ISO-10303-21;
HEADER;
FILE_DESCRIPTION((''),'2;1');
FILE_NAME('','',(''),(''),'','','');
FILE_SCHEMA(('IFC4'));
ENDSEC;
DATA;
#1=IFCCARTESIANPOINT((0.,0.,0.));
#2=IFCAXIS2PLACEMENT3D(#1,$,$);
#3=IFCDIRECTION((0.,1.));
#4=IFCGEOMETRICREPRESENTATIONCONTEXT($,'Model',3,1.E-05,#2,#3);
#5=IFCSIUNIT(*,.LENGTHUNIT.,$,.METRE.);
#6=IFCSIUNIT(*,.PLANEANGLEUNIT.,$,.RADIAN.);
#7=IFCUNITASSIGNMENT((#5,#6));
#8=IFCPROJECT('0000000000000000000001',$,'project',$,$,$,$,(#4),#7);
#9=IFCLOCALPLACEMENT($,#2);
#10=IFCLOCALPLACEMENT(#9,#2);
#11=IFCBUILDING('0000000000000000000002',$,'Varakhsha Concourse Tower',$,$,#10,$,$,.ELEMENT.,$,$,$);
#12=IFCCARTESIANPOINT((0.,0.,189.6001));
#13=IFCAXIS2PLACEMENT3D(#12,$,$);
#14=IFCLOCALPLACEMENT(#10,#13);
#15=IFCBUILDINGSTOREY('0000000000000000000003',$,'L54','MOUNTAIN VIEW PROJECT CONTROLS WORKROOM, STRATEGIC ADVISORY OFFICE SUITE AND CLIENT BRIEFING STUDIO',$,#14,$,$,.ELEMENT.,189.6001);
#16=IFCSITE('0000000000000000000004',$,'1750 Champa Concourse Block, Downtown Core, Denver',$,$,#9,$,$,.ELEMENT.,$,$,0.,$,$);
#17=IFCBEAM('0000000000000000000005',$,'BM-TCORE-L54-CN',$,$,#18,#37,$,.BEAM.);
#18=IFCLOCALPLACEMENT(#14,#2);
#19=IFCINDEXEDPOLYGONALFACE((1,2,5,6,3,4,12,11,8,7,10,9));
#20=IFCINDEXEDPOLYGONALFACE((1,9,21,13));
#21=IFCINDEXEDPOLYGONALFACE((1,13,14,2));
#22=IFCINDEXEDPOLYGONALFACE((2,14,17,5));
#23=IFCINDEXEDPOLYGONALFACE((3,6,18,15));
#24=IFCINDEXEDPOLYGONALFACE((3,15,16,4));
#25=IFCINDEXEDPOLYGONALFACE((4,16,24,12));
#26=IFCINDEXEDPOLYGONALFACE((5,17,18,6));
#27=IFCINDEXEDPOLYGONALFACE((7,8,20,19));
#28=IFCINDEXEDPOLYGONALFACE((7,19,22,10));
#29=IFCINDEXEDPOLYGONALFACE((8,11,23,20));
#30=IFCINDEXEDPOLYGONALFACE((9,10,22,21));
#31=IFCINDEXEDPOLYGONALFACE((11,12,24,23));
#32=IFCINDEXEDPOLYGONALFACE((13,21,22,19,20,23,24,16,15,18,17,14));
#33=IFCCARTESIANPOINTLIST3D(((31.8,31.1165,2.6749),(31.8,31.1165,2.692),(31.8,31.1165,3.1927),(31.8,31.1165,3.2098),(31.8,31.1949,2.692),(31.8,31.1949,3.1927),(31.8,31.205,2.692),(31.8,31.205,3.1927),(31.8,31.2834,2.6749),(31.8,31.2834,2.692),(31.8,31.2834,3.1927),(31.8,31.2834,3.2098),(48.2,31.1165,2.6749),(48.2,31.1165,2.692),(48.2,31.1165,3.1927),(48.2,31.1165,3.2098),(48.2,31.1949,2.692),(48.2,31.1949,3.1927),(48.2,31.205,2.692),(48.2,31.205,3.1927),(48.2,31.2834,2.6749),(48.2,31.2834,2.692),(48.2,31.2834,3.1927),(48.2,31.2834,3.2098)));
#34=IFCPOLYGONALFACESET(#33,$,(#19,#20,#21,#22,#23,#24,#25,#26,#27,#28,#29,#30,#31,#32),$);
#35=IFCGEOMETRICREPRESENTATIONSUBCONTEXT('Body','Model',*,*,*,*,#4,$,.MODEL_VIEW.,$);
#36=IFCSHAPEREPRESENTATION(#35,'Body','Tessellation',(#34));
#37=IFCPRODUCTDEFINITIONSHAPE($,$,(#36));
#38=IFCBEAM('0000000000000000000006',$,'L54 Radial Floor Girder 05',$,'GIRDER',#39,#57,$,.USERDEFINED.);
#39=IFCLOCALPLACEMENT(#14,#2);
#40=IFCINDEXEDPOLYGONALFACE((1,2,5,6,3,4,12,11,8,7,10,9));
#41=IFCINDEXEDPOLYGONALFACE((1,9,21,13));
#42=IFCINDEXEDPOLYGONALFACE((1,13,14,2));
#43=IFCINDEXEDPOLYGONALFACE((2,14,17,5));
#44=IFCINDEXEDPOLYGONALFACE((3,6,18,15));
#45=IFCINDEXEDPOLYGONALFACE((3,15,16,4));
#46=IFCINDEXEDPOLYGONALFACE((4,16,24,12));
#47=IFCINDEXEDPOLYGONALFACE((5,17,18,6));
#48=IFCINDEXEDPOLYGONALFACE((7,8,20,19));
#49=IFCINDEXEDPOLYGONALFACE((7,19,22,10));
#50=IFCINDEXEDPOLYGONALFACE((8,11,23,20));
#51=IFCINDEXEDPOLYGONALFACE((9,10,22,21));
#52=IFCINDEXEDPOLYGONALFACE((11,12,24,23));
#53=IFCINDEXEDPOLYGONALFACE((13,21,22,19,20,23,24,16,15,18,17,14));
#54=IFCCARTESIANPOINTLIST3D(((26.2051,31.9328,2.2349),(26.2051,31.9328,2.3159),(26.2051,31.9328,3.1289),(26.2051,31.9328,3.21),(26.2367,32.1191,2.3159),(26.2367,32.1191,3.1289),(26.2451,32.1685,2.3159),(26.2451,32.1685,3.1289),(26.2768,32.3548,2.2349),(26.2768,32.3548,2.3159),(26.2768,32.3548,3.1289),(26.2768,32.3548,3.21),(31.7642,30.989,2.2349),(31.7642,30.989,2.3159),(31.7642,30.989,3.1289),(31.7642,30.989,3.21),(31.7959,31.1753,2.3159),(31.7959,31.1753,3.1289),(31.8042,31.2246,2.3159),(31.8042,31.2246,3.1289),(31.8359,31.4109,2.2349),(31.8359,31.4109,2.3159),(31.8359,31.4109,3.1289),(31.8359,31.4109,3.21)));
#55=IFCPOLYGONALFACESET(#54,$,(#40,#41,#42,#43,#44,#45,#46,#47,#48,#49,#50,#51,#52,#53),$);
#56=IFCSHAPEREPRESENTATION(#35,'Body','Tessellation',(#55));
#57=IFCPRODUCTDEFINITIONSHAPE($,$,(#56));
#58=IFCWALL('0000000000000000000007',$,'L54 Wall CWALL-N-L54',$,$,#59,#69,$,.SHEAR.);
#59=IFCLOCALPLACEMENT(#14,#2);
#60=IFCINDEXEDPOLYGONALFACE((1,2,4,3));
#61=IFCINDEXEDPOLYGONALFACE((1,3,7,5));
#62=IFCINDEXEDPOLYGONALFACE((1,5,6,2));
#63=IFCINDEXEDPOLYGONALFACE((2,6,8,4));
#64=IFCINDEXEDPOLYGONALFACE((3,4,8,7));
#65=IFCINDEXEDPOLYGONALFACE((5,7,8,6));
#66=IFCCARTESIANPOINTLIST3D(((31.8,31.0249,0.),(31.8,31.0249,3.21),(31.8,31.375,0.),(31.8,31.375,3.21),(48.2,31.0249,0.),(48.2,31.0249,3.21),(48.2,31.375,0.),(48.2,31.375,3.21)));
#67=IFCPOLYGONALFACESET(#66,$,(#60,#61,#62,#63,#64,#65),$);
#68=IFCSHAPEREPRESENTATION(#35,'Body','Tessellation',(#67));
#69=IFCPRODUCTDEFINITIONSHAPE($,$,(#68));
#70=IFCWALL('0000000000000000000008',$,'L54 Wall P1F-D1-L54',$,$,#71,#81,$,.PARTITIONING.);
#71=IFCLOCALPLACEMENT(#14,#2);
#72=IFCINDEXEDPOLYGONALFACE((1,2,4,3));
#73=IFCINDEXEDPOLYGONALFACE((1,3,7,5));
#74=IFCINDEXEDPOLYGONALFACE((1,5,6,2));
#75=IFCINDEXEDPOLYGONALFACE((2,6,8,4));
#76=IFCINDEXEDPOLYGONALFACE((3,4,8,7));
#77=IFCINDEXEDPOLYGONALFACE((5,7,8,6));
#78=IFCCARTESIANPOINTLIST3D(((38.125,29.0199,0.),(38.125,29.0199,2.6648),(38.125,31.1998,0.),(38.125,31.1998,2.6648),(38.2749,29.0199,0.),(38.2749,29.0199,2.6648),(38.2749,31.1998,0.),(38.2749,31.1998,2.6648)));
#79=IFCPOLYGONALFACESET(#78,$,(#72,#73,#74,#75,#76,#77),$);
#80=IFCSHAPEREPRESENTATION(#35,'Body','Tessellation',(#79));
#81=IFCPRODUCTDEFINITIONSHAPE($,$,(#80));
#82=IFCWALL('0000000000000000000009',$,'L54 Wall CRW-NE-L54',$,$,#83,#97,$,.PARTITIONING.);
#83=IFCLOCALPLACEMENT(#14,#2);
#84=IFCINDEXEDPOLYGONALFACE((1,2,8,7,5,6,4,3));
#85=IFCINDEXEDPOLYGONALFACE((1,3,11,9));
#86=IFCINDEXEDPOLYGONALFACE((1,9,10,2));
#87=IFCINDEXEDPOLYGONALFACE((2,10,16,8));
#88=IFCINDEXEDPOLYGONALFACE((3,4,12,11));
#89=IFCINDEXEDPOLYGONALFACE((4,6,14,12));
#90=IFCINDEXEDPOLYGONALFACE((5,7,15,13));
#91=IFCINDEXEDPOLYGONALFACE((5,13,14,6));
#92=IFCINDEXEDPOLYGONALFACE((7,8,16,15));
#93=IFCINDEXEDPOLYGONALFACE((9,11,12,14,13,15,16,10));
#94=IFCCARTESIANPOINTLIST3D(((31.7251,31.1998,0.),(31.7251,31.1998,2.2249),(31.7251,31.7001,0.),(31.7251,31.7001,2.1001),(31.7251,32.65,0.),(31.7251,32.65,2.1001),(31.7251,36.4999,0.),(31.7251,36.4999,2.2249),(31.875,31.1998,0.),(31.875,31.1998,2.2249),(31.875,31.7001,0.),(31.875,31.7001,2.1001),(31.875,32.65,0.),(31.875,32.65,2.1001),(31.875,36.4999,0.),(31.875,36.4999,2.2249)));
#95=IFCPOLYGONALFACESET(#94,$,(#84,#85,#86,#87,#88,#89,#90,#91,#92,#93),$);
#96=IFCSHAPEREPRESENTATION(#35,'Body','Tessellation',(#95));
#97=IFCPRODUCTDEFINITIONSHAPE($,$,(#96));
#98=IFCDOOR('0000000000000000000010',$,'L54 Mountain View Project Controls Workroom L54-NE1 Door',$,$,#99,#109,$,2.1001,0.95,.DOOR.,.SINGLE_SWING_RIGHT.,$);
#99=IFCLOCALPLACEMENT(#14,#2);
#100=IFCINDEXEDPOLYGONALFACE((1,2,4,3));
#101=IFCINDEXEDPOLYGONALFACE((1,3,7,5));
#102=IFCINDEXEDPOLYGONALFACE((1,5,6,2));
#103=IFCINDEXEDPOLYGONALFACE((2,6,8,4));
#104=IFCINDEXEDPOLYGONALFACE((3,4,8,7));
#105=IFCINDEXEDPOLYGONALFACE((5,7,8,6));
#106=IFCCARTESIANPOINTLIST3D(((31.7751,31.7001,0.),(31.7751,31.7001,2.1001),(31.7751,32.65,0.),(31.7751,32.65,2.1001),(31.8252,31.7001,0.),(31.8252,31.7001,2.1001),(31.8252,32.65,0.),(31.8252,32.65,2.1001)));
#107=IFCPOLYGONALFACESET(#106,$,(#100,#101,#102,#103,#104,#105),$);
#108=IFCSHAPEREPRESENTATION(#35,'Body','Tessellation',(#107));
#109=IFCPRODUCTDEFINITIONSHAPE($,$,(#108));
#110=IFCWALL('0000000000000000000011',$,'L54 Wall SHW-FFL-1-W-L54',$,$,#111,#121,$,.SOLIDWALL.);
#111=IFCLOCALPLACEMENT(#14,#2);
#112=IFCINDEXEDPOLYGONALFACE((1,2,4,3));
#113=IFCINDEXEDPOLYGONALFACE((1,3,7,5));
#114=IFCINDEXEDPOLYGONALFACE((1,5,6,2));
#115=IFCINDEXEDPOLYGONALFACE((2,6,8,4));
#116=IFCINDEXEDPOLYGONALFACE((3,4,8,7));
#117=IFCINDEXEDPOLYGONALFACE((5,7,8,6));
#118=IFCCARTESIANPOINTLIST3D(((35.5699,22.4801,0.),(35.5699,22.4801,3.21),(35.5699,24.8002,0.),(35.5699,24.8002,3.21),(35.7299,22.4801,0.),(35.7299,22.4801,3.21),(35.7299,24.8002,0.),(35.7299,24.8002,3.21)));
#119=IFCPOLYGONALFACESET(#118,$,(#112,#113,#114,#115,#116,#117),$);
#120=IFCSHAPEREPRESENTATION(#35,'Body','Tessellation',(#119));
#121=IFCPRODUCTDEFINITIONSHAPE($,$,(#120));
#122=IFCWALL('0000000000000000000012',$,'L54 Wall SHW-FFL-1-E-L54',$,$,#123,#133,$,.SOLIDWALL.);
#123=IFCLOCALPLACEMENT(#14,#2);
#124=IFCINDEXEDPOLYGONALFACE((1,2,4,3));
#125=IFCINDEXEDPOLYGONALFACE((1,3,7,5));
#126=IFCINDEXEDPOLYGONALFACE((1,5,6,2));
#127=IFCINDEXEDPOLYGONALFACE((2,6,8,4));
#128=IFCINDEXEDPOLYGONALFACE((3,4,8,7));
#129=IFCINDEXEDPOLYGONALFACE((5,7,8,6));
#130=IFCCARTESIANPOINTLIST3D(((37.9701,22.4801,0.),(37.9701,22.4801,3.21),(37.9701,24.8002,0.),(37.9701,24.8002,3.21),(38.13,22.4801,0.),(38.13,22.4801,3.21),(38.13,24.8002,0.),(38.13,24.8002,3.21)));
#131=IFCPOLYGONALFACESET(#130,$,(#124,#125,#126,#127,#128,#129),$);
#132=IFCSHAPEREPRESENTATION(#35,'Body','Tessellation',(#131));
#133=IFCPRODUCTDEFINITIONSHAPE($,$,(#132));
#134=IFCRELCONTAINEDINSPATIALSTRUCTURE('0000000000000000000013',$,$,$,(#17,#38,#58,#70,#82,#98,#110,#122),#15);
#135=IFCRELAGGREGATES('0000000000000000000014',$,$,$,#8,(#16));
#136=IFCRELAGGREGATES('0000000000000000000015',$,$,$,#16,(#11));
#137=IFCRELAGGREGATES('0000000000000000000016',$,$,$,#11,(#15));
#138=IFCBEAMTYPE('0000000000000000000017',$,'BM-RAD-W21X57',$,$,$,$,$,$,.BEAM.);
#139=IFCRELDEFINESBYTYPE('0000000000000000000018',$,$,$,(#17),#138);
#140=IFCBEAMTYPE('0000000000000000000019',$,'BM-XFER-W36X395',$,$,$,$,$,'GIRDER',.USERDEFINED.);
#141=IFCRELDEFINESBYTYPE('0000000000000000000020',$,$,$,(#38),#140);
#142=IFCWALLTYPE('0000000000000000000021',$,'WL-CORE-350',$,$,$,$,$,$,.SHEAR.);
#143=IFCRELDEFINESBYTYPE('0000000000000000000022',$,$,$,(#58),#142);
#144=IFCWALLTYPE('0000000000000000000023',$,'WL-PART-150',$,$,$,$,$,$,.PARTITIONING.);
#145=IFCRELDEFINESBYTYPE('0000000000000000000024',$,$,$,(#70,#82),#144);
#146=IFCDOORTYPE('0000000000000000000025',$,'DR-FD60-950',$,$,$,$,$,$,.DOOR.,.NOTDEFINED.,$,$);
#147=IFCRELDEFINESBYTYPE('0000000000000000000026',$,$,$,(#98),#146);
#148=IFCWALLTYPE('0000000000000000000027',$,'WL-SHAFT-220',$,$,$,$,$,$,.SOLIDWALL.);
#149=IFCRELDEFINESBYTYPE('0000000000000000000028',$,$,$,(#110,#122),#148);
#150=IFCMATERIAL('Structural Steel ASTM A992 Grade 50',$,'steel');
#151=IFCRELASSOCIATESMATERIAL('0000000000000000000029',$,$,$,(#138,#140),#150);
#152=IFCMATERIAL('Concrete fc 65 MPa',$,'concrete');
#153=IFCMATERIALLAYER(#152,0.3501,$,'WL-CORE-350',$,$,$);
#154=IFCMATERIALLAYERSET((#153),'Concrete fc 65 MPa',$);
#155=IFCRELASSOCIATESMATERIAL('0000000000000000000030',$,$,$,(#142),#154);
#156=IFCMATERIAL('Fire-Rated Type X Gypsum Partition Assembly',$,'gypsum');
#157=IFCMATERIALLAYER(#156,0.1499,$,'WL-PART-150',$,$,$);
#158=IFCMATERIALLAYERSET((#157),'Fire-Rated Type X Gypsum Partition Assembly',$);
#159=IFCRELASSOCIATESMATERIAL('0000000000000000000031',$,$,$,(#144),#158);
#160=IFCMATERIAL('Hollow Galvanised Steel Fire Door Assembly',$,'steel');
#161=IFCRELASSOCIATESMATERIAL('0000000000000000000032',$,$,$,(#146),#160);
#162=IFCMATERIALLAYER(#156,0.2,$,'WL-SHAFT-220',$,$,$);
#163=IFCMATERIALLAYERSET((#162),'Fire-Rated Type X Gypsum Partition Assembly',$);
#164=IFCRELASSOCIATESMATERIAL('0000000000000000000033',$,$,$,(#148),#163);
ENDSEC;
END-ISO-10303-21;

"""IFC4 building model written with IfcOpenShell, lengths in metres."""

from ifc_helpers import new_model, si_unit, direction, frame, frame_2d, origin, origin_2d, place, context, subcontext, project, spatial, rectangle, i_section, extrude, material, layer, layer_set, material_profile, profile_set, type_object, element, fill, save


model = new_model("IFC4")

# Units and contexts
model_context = context("Model", 3, precision=1e-05, world=origin(), true_north=direction((0.0, 1.0)))
body_context = subcontext(model_context, "Body", "Model", "MODEL_VIEW")
ifc_project = project(units=[si_unit("LENGTHUNIT", "METRE"), si_unit("PLANEANGLEUNIT", "RADIAN")], contexts=[model_context])

# Site, building, storey
site_placement = place(None, origin())
site = spatial("IfcSite", under=ifc_project, at=site_placement, Name="1750 Champa Concourse Block, Downtown Core, Denver", CompositionType="ELEMENT", RefElevation=0.0)
building_placement = place(site_placement, origin())
building = spatial("IfcBuilding", under=site, at=building_placement, Name="Varakhsha Concourse Tower", CompositionType="ELEMENT")
storey_placement = place(building_placement, frame((0.0, 0.0, 189.6001)))
storey = spatial("IfcBuildingStorey", under=building, at=storey_placement, Name="L54", Description="MOUNTAIN VIEW PROJECT CONTROLS WORKROOM, STRATEGIC ADVISORY OFFICE SUITE AND CLIENT BRIEFING STUDIO", CompositionType="ELEMENT", Elevation=189.6001)

# Beams
ifc_material_1 = material(Name="Structural Steel ASTM A992 Grade 50", Category="steel")
ifc_material_profile_1 = material_profile(ifc_material_1, i_section(OverallWidth=0.167, OverallDepth=0.5349, WebThickness=0.01, FlangeThickness=0.0171, at=origin_2d()), Name="W21X57")
ifc_profile_set_1 = profile_set([ifc_material_profile_1], Name="Structural Steel ASTM A992 Grade 50")
beam_type_1 = type_object("IfcBeamType", Name="BM-RAD-W21X57", PredefinedType="BEAM", material=ifc_profile_set_1)
beam_1_placement = place(storey_placement, frame((31.8, 31.2, 2.9424), z_axis=(1.0, 0.0, 0.0), x_axis=(0.0, 1.0, 0.0)))
element("IfcBeam", 1, at=beam_1_placement, inside=storey, type_object=beam_type_1, Name="BM-TCORE-L54-CN", PredefinedType="BEAM", context=body_context, shape_type="SweptSolid", body=[
    extrude(i_section(OverallWidth=0.167, OverallDepth=0.5349, WebThickness=0.01, FlangeThickness=0.0171, at=origin_2d()), origin(), (0.0, 0.0, 1.0), 16.3999),
])
ifc_material_profile_2 = material_profile(ifc_material_1, i_section(OverallWidth=0.428, OverallDepth=0.9751, WebThickness=0.05, FlangeThickness=0.0811, at=origin_2d()), Name="W36X395")
ifc_profile_set_2 = profile_set([ifc_material_profile_2], Name="Structural Steel ASTM A992 Grade 50")
beam_type_2 = type_object("IfcBeamType", Name="BM-XFER-W36X395", ElementType="GIRDER", PredefinedType="USERDEFINED", material=ifc_profile_set_2)
beam_2_placement = place(storey_placement, frame((31.8, 31.2, 2.7224), z_axis=(-0.985891, 0.167389, 0.0), x_axis=(-0.167389, -0.985891, 0.0)))
element("IfcBeam", 2, at=beam_2_placement, inside=storey, type_object=beam_type_2, Name="L54 Radial Floor Girder 05", ObjectType="GIRDER", PredefinedType="USERDEFINED", context=body_context, shape_type="SweptSolid", body=[
    extrude(i_section(OverallWidth=0.428, OverallDepth=0.9751, WebThickness=0.05, FlangeThickness=0.0811, at=origin_2d()), origin(), (0.0, 0.0, 1.0), 5.6387),
])

# Walls
ifc_material_2 = material(Name="Concrete fc 65 MPa", Category="concrete")
ifc_layer_1 = layer(ifc_material_2, 0.3501, Name="WL-CORE-350")
ifc_layer_set_1 = layer_set([ifc_layer_1], Name="Concrete fc 65 MPa")
wall_type_1 = type_object("IfcWallType", Name="WL-CORE-350", PredefinedType="SHEAR", material=ifc_layer_set_1)
wall_1_placement = place(storey_placement, frame((31.8, 31.2, 0.0), z_axis=(0.0, 0.0, 1.0), x_axis=(1.0, 0.0, 0.0)))
element("IfcWall", 3, at=wall_1_placement, inside=storey, type_object=wall_type_1, Name="L54 Wall CWALL-N-L54", PredefinedType="SHEAR", context=body_context, shape_type="SweptSolid", body=[
    extrude(rectangle(XDim=16.3999, YDim=0.3501, at=frame_2d((8.2, 0.0))), origin(), (0.0, 0.0, 1.0), 3.21),
])
ifc_material_3 = material(Name="Fire-Rated Type X Gypsum Partition Assembly", Category="gypsum")
ifc_layer_2 = layer(ifc_material_3, 0.1499, Name="WL-PART-150")
ifc_layer_set_2 = layer_set([ifc_layer_2], Name="Fire-Rated Type X Gypsum Partition Assembly")
wall_type_2 = type_object("IfcWallType", Name="WL-PART-150", PredefinedType="PARTITIONING", material=ifc_layer_set_2)
wall_2_placement = place(storey_placement, frame((38.2, 29.02, 0.0), z_axis=(0.0, 0.0, 1.0), x_axis=(0.0, 1.0, 0.0)))
element("IfcWall", 4, at=wall_2_placement, inside=storey, type_object=wall_type_2, Name="L54 Wall P1F-D1-L54", PredefinedType="PARTITIONING", context=body_context, shape_type="SweptSolid", body=[
    extrude(rectangle(XDim=2.1799, YDim=0.1499, at=frame_2d((1.0898, 0.0))), origin(), (0.0, 0.0, 1.0), 2.6648),
])

# Wall, opening, door
wall_3_placement = place(storey_placement, frame((31.8, 31.2, 0.0), z_axis=(0.0, 0.0, 1.0), x_axis=(0.0, 1.0, 0.0)))
wall_3 = element("IfcWall", 5, at=wall_3_placement, inside=storey, type_object=wall_type_2, Name="L54 Wall CRW-NE-L54", PredefinedType="PARTITIONING", context=body_context, shape_type="SweptSolid", body=[
    extrude(rectangle(XDim=5.3, YDim=0.1499, at=frame_2d((2.6499, 0.0))), origin(), (0.0, 0.0, 1.0), 2.2249),
])
opening_1_placement = place(wall_3_placement, frame((0.5, 0.0, 0.0)))
opening_1 = element("IfcOpeningElement", 6, at=opening_1_placement, cuts=wall_3, PredefinedType="OPENING", context=body_context, shape_type="SweptSolid", body=[
    extrude(rectangle(XDim=0.95, YDim=2.1001, at=frame_2d((0.4751, 1.05))), frame((0.0, 0.085, 0.0), z_axis=(0.0, -1.0, 0.0), x_axis=(1.0, 0.0, 0.0)), (0.0, 0.0, 1.0), 0.1699),
])
ifc_material_4 = material(Name="Hollow Galvanised Steel Fire Door Assembly", Category="steel")
door_type_1 = type_object("IfcDoorType", Name="DR-FD60-950", OperationType="NOTDEFINED", PredefinedType="DOOR", material=ifc_material_4)
door_1_placement = place(opening_1_placement, origin())
door_1 = element("IfcDoor", 7, at=door_1_placement, inside=storey, type_object=door_type_1, Name="L54 Mountain View Project Controls Workroom L54-NE1 Door", OperationType="SINGLE_SWING_RIGHT", OverallHeight=2.1001, OverallWidth=0.95, PredefinedType="DOOR", context=body_context, shape_type="SweptSolid", body=[
    extrude(rectangle(XDim=0.95, YDim=2.1001, at=frame_2d((0.4751, 1.05))), frame((0.0, 0.0249, 0.0), z_axis=(0.0, -1.0, 0.0), x_axis=(1.0, 0.0, 0.0)), (0.0, 0.0, 1.0), 0.05),
])
fill(opening_1, door_1)

# Shared definitions
ifc_layer_3 = layer(ifc_material_3, 0.2, Name="WL-SHAFT-220")
ifc_layer_set_3 = layer_set([ifc_layer_3], Name="Fire-Rated Type X Gypsum Partition Assembly")
wall_type_3 = type_object("IfcWallType", Name="WL-SHAFT-220", PredefinedType="SOLIDWALL", material=ifc_layer_set_3)

# Walls
for number, where, z_axis, x_axis, name in (
    (8, (35.6499, 22.48, 0.0), (0.0, 0.0, 1.0), (0.0, 1.0, 0.0), "L54 Wall SHW-FFL-1-W-L54"),
    (9, (38.05, 22.48, 0.0), (0.0, 0.0, 1.0), (0.0, 1.0, 0.0), "L54 Wall SHW-FFL-1-E-L54"),
):
    element("IfcWall", number, at=place(storey_placement, frame(where, z_axis=z_axis, x_axis=x_axis)), inside=storey, type_object=wall_type_3, Name=name, PredefinedType="SOLIDWALL", context=body_context, shape_type="SweptSolid", body=[
        extrude(rectangle(XDim=2.3201, YDim=0.1599, at=frame_2d((1.1602, 0.0))), origin(), (0.0, 0.0, 1.0), 3.21),
    ])

save(model, "model.ifc")
